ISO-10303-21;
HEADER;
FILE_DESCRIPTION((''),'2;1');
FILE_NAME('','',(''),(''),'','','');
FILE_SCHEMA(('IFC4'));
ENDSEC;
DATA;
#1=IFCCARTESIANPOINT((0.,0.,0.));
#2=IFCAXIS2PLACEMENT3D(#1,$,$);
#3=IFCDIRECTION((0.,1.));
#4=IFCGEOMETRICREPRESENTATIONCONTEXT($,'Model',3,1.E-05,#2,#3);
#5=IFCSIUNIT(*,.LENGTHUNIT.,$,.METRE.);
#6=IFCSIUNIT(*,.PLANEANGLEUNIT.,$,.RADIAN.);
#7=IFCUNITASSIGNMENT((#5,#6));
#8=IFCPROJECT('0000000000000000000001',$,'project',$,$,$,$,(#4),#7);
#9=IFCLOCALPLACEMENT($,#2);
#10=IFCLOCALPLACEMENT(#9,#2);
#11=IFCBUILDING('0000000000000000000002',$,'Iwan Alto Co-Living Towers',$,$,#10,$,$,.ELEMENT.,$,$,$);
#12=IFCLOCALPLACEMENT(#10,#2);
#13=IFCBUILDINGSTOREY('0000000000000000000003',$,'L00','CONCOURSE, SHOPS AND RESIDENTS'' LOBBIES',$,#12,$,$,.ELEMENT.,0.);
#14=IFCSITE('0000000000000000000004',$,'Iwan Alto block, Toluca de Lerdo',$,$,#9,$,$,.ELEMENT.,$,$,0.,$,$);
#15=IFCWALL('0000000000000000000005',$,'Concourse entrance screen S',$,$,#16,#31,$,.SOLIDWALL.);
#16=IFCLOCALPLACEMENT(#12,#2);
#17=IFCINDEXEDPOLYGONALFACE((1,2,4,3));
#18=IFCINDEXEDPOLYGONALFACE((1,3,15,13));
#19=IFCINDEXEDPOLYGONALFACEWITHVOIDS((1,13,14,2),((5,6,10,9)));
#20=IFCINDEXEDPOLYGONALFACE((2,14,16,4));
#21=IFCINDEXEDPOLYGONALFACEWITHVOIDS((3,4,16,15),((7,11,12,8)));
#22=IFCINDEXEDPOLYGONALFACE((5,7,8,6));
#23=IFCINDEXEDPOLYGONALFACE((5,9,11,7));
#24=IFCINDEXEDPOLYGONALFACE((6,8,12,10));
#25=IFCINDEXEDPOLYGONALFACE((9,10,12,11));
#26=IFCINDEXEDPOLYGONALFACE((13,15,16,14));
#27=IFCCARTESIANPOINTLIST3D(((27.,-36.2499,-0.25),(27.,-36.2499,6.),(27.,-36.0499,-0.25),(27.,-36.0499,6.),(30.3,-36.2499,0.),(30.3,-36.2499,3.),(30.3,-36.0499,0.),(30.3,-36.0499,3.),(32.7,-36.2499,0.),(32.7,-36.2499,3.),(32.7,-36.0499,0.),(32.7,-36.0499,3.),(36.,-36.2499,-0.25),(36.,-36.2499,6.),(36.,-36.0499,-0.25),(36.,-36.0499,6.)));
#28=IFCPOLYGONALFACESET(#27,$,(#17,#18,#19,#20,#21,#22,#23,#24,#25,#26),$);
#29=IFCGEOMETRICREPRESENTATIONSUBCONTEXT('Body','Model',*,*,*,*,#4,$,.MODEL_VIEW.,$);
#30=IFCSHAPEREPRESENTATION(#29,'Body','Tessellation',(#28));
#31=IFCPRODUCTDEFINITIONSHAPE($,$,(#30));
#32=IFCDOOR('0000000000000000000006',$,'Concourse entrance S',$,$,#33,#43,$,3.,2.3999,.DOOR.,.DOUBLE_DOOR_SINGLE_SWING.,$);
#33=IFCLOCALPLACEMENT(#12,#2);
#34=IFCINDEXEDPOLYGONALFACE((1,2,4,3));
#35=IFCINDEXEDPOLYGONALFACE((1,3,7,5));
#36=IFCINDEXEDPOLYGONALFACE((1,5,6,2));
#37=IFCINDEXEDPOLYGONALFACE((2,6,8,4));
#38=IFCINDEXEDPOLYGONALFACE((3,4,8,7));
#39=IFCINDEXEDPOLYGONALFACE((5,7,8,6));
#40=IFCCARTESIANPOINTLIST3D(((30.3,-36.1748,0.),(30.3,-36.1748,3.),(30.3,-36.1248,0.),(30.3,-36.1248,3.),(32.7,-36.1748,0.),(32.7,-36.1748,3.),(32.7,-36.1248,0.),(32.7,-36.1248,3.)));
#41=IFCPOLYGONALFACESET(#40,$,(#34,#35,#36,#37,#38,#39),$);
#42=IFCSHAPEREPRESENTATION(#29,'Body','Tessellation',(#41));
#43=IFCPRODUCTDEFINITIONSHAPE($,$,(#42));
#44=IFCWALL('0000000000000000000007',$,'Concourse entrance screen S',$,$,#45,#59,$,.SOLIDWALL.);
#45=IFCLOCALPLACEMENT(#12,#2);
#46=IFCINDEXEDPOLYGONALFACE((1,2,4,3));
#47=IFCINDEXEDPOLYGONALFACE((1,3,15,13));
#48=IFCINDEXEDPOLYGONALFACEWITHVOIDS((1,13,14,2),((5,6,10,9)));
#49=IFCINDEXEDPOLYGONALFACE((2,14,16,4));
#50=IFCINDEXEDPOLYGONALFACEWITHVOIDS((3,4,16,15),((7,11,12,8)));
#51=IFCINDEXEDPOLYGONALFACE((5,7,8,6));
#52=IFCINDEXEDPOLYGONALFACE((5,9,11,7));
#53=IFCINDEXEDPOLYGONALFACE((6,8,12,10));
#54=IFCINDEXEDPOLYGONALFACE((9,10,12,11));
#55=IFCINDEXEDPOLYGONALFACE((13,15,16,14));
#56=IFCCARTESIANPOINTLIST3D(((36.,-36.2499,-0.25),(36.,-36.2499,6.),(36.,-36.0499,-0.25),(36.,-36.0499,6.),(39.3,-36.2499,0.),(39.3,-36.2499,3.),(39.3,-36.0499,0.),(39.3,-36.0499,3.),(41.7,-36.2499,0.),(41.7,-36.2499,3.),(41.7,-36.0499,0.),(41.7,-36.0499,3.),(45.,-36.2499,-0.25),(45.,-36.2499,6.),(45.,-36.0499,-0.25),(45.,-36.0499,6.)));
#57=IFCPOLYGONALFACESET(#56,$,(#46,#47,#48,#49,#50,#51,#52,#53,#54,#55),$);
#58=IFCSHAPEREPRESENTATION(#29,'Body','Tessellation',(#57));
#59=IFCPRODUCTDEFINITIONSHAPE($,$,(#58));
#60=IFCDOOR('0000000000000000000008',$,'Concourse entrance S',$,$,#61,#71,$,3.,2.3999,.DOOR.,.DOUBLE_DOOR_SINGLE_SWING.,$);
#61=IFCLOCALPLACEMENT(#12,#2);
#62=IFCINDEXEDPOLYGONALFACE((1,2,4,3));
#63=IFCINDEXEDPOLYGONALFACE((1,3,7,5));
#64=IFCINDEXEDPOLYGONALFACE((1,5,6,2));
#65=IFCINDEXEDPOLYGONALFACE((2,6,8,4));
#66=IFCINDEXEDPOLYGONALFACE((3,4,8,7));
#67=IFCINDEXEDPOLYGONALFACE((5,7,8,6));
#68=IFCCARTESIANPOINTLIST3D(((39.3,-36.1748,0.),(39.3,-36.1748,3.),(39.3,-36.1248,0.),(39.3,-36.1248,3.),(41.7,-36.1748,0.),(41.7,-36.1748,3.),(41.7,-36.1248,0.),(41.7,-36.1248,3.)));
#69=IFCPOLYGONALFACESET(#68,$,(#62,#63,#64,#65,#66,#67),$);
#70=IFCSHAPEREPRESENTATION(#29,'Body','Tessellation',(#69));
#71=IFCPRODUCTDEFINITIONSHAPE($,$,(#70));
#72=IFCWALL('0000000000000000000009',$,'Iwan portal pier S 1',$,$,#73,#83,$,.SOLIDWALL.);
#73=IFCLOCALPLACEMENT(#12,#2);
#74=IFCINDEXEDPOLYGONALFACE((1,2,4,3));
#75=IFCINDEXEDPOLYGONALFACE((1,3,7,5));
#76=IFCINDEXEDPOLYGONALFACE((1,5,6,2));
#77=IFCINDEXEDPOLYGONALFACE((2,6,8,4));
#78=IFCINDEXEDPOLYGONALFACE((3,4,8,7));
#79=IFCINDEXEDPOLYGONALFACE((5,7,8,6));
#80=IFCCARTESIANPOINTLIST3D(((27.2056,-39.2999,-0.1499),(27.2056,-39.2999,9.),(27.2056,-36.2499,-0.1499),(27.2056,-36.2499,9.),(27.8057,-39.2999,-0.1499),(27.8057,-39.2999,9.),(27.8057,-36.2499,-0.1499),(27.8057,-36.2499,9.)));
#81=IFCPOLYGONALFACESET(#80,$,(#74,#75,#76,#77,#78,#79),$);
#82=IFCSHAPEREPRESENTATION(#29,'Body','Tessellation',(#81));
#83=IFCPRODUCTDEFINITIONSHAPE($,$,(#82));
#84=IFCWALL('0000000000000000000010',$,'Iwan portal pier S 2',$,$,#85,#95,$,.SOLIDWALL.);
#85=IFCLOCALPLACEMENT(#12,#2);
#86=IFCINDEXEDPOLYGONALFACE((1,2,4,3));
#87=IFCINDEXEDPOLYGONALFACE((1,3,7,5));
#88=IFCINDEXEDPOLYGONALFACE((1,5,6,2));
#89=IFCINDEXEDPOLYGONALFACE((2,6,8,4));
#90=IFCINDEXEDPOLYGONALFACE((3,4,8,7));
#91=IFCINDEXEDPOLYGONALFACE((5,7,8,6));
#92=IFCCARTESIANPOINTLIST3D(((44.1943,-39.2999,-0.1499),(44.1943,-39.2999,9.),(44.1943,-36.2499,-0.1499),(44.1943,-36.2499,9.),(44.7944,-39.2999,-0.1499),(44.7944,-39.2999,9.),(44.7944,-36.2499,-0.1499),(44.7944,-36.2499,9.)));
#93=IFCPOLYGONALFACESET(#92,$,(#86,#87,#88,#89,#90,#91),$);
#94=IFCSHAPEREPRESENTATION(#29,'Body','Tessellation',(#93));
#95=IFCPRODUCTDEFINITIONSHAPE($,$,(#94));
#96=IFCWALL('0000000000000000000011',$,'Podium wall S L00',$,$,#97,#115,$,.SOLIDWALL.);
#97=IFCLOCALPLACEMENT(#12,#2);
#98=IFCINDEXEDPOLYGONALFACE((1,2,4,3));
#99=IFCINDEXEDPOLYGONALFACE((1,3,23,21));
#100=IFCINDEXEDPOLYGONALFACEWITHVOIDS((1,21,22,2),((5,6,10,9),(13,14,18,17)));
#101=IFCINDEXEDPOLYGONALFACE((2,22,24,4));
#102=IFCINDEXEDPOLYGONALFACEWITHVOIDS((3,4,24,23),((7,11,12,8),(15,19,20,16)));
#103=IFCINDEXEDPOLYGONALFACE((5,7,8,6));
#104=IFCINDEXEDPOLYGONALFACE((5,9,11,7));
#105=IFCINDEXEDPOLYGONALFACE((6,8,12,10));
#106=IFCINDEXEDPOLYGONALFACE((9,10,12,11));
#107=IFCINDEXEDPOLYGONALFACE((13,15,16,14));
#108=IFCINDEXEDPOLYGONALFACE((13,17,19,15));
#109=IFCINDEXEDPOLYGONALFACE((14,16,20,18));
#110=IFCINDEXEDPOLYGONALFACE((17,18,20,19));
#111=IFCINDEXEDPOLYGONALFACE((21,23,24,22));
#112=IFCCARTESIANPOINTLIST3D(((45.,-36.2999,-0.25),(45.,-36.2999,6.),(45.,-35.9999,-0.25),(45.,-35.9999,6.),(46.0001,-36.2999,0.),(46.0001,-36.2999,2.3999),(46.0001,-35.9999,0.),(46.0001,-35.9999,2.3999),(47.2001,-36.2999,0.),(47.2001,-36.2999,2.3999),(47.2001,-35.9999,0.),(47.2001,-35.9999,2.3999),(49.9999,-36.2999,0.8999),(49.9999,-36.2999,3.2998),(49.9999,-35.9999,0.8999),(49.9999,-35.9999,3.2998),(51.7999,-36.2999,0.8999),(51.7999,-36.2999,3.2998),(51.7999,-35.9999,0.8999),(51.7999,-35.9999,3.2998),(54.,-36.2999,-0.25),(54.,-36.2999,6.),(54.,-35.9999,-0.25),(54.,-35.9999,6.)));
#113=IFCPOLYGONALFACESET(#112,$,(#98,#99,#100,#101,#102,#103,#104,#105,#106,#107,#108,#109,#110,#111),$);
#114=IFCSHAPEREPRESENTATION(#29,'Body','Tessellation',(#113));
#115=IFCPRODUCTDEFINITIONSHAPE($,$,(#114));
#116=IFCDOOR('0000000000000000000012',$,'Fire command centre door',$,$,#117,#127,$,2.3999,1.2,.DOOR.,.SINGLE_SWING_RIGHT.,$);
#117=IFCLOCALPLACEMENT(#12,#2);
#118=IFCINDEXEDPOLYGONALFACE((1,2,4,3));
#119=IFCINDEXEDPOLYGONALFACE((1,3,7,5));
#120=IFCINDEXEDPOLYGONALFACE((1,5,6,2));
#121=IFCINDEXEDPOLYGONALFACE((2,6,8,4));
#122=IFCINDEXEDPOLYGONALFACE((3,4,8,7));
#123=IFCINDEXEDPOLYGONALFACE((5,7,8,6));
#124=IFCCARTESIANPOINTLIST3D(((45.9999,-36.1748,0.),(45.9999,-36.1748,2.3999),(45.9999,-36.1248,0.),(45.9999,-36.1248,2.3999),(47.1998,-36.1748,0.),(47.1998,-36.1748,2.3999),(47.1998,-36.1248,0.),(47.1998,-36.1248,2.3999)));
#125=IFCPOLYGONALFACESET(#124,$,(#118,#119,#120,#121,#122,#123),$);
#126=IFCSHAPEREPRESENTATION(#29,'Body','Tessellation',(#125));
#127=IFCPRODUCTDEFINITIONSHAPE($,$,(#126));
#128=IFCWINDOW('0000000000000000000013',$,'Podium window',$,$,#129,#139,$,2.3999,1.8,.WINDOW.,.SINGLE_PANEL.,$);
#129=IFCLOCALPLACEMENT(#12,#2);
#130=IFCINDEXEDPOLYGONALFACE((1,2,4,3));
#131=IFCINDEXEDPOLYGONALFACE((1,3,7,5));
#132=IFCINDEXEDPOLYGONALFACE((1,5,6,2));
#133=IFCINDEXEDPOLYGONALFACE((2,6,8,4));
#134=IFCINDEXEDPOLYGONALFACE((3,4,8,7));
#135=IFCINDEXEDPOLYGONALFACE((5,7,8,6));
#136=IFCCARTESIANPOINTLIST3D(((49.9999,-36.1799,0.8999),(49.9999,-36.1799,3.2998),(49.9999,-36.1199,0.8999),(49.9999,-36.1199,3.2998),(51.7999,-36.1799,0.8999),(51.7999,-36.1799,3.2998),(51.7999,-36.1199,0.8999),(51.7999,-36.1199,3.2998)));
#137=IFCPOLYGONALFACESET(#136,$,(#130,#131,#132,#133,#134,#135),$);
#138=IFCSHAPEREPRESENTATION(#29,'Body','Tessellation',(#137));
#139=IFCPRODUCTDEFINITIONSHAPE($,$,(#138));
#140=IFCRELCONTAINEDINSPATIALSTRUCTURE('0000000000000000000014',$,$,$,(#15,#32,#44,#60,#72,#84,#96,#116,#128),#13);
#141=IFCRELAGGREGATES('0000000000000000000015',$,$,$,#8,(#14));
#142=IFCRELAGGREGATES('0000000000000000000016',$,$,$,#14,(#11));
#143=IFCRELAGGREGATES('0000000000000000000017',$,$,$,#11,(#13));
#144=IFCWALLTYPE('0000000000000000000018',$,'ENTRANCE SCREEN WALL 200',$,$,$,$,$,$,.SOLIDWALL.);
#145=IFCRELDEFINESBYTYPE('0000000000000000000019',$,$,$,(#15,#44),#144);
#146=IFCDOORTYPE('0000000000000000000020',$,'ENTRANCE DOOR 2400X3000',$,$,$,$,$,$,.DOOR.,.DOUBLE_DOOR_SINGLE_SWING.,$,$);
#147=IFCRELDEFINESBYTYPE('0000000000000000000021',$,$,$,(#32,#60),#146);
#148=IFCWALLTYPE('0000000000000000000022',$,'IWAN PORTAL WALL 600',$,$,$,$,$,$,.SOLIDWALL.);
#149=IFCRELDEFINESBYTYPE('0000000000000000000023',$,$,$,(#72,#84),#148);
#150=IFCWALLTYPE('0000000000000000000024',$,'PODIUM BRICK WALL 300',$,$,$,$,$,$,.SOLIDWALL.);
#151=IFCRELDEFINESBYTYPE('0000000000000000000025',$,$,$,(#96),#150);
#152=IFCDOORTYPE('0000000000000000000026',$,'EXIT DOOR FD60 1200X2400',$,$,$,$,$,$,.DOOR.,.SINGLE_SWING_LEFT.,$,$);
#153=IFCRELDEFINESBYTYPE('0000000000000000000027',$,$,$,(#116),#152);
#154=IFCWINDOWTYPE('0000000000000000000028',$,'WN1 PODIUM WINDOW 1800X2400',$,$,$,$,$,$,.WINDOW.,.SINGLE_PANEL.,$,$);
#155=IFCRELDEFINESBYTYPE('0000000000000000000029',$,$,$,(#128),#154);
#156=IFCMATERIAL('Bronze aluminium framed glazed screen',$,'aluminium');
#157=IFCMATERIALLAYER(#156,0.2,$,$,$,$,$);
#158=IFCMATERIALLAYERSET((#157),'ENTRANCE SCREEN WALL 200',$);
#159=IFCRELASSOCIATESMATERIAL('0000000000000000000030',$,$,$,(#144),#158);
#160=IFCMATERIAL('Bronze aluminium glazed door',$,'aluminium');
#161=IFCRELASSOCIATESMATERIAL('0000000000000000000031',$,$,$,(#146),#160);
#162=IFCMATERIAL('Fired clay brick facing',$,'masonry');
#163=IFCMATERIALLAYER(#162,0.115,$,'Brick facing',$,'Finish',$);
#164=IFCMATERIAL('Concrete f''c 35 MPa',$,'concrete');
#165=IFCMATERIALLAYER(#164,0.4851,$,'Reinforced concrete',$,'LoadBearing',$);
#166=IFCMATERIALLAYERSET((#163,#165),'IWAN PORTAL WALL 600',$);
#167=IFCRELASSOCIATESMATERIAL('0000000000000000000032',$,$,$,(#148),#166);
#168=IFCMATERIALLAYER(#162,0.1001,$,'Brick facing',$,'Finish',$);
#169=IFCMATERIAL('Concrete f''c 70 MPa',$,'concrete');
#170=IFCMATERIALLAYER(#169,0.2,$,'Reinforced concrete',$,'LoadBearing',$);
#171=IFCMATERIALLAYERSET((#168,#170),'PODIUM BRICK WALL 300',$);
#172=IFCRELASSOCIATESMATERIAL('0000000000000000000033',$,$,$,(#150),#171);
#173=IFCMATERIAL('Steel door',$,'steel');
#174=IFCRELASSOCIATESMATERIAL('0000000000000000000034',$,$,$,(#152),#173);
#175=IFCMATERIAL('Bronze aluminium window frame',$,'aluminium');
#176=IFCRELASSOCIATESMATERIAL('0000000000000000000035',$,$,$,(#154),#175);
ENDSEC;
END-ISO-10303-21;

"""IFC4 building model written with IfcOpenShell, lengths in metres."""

from ifc_helpers import new_model, si_unit, direction, frame, frame_2d, origin, place, context, subcontext, project, spatial, rectangle, extrude, material, layer, layer_set, type_object, element, fill, save


model = new_model("IFC4")

# Units and contexts
model_context = context("Model", 3, precision=1e-05, world=origin(), true_north=direction((0.0, 1.0)))
body_context = subcontext(model_context, "Body", "Model", "MODEL_VIEW")
ifc_project = project(units=[si_unit("LENGTHUNIT", "METRE"), si_unit("PLANEANGLEUNIT", "RADIAN")], contexts=[model_context])

# Site, building, storey
site_placement = place(None, origin())
site = spatial("IfcSite", under=ifc_project, at=site_placement, Name="Iwan Alto block, Toluca de Lerdo", CompositionType="ELEMENT", RefElevation=0.0)
building_placement = place(site_placement, origin())
building = spatial("IfcBuilding", under=site, at=building_placement, Name="Iwan Alto Co-Living Towers", CompositionType="ELEMENT")
storey_placement = place(building_placement, origin())
storey = spatial("IfcBuildingStorey", under=building, at=storey_placement, Name="L00", Description="CONCOURSE, SHOPS AND RESIDENTS' LOBBIES", CompositionType="ELEMENT", Elevation=0.0)

# Walls, openings, doors
ifc_material_1 = material(Name="Bronze aluminium framed glazed screen", Category="aluminium")
ifc_layer_1 = layer(ifc_material_1, 0.2)
ifc_layer_set_1 = layer_set([ifc_layer_1], Name="ENTRANCE SCREEN WALL 200")
wall_type_1 = type_object("IfcWallType", Name="ENTRANCE SCREEN WALL 200", PredefinedType="SOLIDWALL", material=ifc_layer_set_1)
wall_1_placement = place(storey_placement, frame((27.0, -36.1499, -0.25), z_axis=(0.0, 0.0, 1.0), x_axis=(1.0, 0.0, 0.0)))
wall_1 = element("IfcWall", 1, at=wall_1_placement, inside=storey, type_object=wall_type_1, Name="Concourse entrance screen S", PredefinedType="SOLIDWALL", context=body_context, shape_type="SweptSolid", body=[
    extrude(rectangle(XDim=9.0, YDim=0.2, at=frame_2d((4.5, 0.0))), origin(), (0.0, 0.0, 1.0), 6.25),
])
opening_1_placement = place(wall_1_placement, frame((3.3, 0.0, 0.25)))
opening_1 = element("IfcOpeningElement", 2, at=opening_1_placement, cuts=wall_1, PredefinedType="OPENING", context=body_context, shape_type="SweptSolid", body=[
    extrude(rectangle(XDim=2.3999, YDim=3.0, at=frame_2d((1.2, 1.5))), frame((0.0, 0.1099, 0.0), z_axis=(0.0, -1.0, 0.0), x_axis=(1.0, 0.0, 0.0)), (0.0, 0.0, 1.0), 0.22),
])
ifc_material_2 = material(Name="Bronze aluminium glazed door", Category="aluminium")
door_type_1 = type_object("IfcDoorType", Name="ENTRANCE DOOR 2400X3000", OperationType="DOUBLE_DOOR_SINGLE_SWING", PredefinedType="DOOR", material=ifc_material_2)
door_1_placement = place(opening_1_placement, frame((2.3999, 0.0, 0.0), z_axis=(0.0, 0.0, 1.0), x_axis=(-1.0, 0.0, 0.0)))
door_1 = element("IfcDoor", 3, at=door_1_placement, inside=storey, type_object=door_type_1, Name="Concourse entrance S", OperationType="DOUBLE_DOOR_SINGLE_SWING", OverallHeight=3.0, OverallWidth=2.3999, PredefinedType="DOOR", context=body_context, shape_type="SweptSolid", body=[
    extrude(rectangle(XDim=2.3999, YDim=3.0, at=frame_2d((1.2, 1.5))), frame((0.0, 0.0249, 0.0), z_axis=(0.0, -1.0, 0.0), x_axis=(1.0, 0.0, 0.0)), (0.0, 0.0, 1.0), 0.05),
])
fill(opening_1, door_1)
wall_2_placement = place(storey_placement, frame((36.0, -36.1499, -0.25), z_axis=(0.0, 0.0, 1.0), x_axis=(1.0, 0.0, 0.0)))
wall_2 = element("IfcWall", 4, at=wall_2_placement, inside=storey, type_object=wall_type_1, Name="Concourse entrance screen S", PredefinedType="SOLIDWALL", context=body_context, shape_type="SweptSolid", body=[
    extrude(rectangle(XDim=9.0, YDim=0.2, at=frame_2d((4.5, 0.0))), origin(), (0.0, 0.0, 1.0), 6.25),
])
opening_2_placement = place(wall_2_placement, frame((3.3, 0.0, 0.25)))
opening_2 = element("IfcOpeningElement", 5, at=opening_2_placement, cuts=wall_2, PredefinedType="OPENING", context=body_context, shape_type="SweptSolid", body=[
    extrude(rectangle(XDim=2.3999, YDim=3.0, at=frame_2d((1.2, 1.5))), frame((0.0, 0.1099, 0.0), z_axis=(0.0, -1.0, 0.0), x_axis=(1.0, 0.0, 0.0)), (0.0, 0.0, 1.0), 0.22),
])
door_2_placement = place(opening_2_placement, frame((2.3999, 0.0, 0.0), z_axis=(0.0, 0.0, 1.0), x_axis=(-1.0, 0.0, 0.0)))
door_2 = element("IfcDoor", 6, at=door_2_placement, inside=storey, type_object=door_type_1, Name="Concourse entrance S", OperationType="DOUBLE_DOOR_SINGLE_SWING", OverallHeight=3.0, OverallWidth=2.3999, PredefinedType="DOOR", context=body_context, shape_type="SweptSolid", body=[
    extrude(rectangle(XDim=2.3999, YDim=3.0, at=frame_2d((1.2, 1.5))), frame((0.0, 0.0249, 0.0), z_axis=(0.0, -1.0, 0.0), x_axis=(1.0, 0.0, 0.0)), (0.0, 0.0, 1.0), 0.05),
])
fill(opening_2, door_2)

# Walls
ifc_material_3 = material(Name="Fired clay brick facing", Category="masonry")
ifc_layer_2 = layer(ifc_material_3, 0.115, Name="Brick facing", Category="Finish")
ifc_material_4 = material(Name="Concrete f'c 35 MPa", Category="concrete")
ifc_layer_3 = layer(ifc_material_4, 0.4851, Name="Reinforced concrete", Category="LoadBearing")
ifc_layer_set_2 = layer_set([ifc_layer_2, ifc_layer_3], Name="IWAN PORTAL WALL 600")
wall_type_2 = type_object("IfcWallType", Name="IWAN PORTAL WALL 600", PredefinedType="SOLIDWALL", material=ifc_layer_set_2)
for number, where, z_axis, x_axis, name in (
    (7, (27.5056, -36.25, -0.1499), (0.0, 0.0, 1.0), (0.0, -1.0, 0.0), "Iwan portal pier S 1"),
    (8, (44.4944, -36.25, -0.1499), (0.0, 0.0, 1.0), (0.0, -1.0, 0.0), "Iwan portal pier S 2"),
):
    element("IfcWall", number, at=place(storey_placement, frame(where, z_axis=z_axis, x_axis=x_axis)), inside=storey, type_object=wall_type_2, Name=name, PredefinedType="SOLIDWALL", context=body_context, shape_type="SweptSolid", body=[
        extrude(rectangle(XDim=3.05, YDim=0.6001, at=frame_2d((1.5249, 0.0))), origin(), (0.0, 0.0, 1.0), 9.1499),
    ])

# Wall, openings, door, window
ifc_layer_4 = layer(ifc_material_3, 0.1001, Name="Brick facing", Category="Finish")
ifc_material_5 = material(Name="Concrete f'c 70 MPa", Category="concrete")
ifc_layer_5 = layer(ifc_material_5, 0.2, Name="Reinforced concrete", Category="LoadBearing")
ifc_layer_set_3 = layer_set([ifc_layer_4, ifc_layer_5], Name="PODIUM BRICK WALL 300")
wall_type_3 = type_object("IfcWallType", Name="PODIUM BRICK WALL 300", PredefinedType="SOLIDWALL", material=ifc_layer_set_3)
wall_3_placement = place(storey_placement, frame((45.0, -36.1499, -0.25), z_axis=(0.0, 0.0, 1.0), x_axis=(1.0, 0.0, 0.0)))
wall_3 = element("IfcWall", 9, at=wall_3_placement, inside=storey, type_object=wall_type_3, Name="Podium wall S L00", PredefinedType="SOLIDWALL", context=body_context, shape_type="SweptSolid", body=[
    extrude(rectangle(XDim=9.0, YDim=0.3, at=frame_2d((4.5, 0.0))), origin(), (0.0, 0.0, 1.0), 6.25),
])
opening_3_placement = place(wall_3_placement, frame((1.0, 0.0, 0.25)))
opening_3 = element("IfcOpeningElement", 10, at=opening_3_placement, cuts=wall_3, PredefinedType="OPENING", context=body_context, shape_type="SweptSolid", body=[
    extrude(rectangle(XDim=1.2, YDim=2.3999, at=frame_2d((0.6001, 1.2))), frame((0.0, 0.1599, 0.0), z_axis=(0.0, -1.0, 0.0), x_axis=(1.0, 0.0, 0.0)), (0.0, 0.0, 1.0), 0.3201),
])
opening_4_placement = place(wall_3_placement, frame((5.0, 0.0, 1.1499)))
opening_4 = element("IfcOpeningElement", 11, at=opening_4_placement, cuts=wall_3, PredefinedType="OPENING", context=body_context, shape_type="SweptSolid", body=[
    extrude(rectangle(XDim=1.8, YDim=2.3999, at=frame_2d((0.8999, 1.2))), frame((0.0, 0.1599, 0.0), z_axis=(0.0, -1.0, 0.0), x_axis=(1.0, 0.0, 0.0)), (0.0, 0.0, 1.0), 0.3201),
])
ifc_material_6 = material(Name="Steel door", Category="steel")
door_type_2 = type_object("IfcDoorType", Name="EXIT DOOR FD60 1200X2400", OperationType="SINGLE_SWING_LEFT", PredefinedType="DOOR", material=ifc_material_6)
door_3_placement = place(opening_3_placement, frame((1.2, 0.0, 0.0), z_axis=(0.0, 0.0, 1.0), x_axis=(-1.0, 0.0, 0.0)))
door_3 = element("IfcDoor", 12, at=door_3_placement, inside=storey, type_object=door_type_2, Name="Fire command centre door", OperationType="SINGLE_SWING_RIGHT", OverallHeight=2.3999, OverallWidth=1.2, PredefinedType="DOOR", context=body_context, shape_type="SweptSolid", body=[
    extrude(rectangle(XDim=1.2, YDim=2.3999, at=frame_2d((0.6001, 1.2))), frame((0.0, 0.0249, 0.0), z_axis=(0.0, -1.0, 0.0), x_axis=(1.0, 0.0, 0.0)), (0.0, 0.0, 1.0), 0.05),
])
fill(opening_3, door_3)
ifc_material_7 = material(Name="Bronze aluminium window frame", Category="aluminium")
window_type = type_object("IfcWindowType", Name="WN1 PODIUM WINDOW 1800X2400", PartitioningType="SINGLE_PANEL", PredefinedType="WINDOW", material=ifc_material_7)
window_placement = place(opening_4_placement, origin())
window = element("IfcWindow", 13, at=window_placement, inside=storey, type_object=window_type, Name="Podium window", OverallHeight=2.3999, OverallWidth=1.8, PartitioningType="SINGLE_PANEL", PredefinedType="WINDOW", context=body_context, shape_type="SweptSolid", body=[
    extrude(rectangle(XDim=1.8, YDim=2.3999, at=frame_2d((0.8999, 1.2))), frame((0.0, 0.03, 0.0), z_axis=(0.0, -1.0, 0.0), x_axis=(1.0, 0.0, 0.0)), (0.0, 0.0, 1.0), 0.0601),
])
fill(opening_4, window)

save(model, "model.ifc")
